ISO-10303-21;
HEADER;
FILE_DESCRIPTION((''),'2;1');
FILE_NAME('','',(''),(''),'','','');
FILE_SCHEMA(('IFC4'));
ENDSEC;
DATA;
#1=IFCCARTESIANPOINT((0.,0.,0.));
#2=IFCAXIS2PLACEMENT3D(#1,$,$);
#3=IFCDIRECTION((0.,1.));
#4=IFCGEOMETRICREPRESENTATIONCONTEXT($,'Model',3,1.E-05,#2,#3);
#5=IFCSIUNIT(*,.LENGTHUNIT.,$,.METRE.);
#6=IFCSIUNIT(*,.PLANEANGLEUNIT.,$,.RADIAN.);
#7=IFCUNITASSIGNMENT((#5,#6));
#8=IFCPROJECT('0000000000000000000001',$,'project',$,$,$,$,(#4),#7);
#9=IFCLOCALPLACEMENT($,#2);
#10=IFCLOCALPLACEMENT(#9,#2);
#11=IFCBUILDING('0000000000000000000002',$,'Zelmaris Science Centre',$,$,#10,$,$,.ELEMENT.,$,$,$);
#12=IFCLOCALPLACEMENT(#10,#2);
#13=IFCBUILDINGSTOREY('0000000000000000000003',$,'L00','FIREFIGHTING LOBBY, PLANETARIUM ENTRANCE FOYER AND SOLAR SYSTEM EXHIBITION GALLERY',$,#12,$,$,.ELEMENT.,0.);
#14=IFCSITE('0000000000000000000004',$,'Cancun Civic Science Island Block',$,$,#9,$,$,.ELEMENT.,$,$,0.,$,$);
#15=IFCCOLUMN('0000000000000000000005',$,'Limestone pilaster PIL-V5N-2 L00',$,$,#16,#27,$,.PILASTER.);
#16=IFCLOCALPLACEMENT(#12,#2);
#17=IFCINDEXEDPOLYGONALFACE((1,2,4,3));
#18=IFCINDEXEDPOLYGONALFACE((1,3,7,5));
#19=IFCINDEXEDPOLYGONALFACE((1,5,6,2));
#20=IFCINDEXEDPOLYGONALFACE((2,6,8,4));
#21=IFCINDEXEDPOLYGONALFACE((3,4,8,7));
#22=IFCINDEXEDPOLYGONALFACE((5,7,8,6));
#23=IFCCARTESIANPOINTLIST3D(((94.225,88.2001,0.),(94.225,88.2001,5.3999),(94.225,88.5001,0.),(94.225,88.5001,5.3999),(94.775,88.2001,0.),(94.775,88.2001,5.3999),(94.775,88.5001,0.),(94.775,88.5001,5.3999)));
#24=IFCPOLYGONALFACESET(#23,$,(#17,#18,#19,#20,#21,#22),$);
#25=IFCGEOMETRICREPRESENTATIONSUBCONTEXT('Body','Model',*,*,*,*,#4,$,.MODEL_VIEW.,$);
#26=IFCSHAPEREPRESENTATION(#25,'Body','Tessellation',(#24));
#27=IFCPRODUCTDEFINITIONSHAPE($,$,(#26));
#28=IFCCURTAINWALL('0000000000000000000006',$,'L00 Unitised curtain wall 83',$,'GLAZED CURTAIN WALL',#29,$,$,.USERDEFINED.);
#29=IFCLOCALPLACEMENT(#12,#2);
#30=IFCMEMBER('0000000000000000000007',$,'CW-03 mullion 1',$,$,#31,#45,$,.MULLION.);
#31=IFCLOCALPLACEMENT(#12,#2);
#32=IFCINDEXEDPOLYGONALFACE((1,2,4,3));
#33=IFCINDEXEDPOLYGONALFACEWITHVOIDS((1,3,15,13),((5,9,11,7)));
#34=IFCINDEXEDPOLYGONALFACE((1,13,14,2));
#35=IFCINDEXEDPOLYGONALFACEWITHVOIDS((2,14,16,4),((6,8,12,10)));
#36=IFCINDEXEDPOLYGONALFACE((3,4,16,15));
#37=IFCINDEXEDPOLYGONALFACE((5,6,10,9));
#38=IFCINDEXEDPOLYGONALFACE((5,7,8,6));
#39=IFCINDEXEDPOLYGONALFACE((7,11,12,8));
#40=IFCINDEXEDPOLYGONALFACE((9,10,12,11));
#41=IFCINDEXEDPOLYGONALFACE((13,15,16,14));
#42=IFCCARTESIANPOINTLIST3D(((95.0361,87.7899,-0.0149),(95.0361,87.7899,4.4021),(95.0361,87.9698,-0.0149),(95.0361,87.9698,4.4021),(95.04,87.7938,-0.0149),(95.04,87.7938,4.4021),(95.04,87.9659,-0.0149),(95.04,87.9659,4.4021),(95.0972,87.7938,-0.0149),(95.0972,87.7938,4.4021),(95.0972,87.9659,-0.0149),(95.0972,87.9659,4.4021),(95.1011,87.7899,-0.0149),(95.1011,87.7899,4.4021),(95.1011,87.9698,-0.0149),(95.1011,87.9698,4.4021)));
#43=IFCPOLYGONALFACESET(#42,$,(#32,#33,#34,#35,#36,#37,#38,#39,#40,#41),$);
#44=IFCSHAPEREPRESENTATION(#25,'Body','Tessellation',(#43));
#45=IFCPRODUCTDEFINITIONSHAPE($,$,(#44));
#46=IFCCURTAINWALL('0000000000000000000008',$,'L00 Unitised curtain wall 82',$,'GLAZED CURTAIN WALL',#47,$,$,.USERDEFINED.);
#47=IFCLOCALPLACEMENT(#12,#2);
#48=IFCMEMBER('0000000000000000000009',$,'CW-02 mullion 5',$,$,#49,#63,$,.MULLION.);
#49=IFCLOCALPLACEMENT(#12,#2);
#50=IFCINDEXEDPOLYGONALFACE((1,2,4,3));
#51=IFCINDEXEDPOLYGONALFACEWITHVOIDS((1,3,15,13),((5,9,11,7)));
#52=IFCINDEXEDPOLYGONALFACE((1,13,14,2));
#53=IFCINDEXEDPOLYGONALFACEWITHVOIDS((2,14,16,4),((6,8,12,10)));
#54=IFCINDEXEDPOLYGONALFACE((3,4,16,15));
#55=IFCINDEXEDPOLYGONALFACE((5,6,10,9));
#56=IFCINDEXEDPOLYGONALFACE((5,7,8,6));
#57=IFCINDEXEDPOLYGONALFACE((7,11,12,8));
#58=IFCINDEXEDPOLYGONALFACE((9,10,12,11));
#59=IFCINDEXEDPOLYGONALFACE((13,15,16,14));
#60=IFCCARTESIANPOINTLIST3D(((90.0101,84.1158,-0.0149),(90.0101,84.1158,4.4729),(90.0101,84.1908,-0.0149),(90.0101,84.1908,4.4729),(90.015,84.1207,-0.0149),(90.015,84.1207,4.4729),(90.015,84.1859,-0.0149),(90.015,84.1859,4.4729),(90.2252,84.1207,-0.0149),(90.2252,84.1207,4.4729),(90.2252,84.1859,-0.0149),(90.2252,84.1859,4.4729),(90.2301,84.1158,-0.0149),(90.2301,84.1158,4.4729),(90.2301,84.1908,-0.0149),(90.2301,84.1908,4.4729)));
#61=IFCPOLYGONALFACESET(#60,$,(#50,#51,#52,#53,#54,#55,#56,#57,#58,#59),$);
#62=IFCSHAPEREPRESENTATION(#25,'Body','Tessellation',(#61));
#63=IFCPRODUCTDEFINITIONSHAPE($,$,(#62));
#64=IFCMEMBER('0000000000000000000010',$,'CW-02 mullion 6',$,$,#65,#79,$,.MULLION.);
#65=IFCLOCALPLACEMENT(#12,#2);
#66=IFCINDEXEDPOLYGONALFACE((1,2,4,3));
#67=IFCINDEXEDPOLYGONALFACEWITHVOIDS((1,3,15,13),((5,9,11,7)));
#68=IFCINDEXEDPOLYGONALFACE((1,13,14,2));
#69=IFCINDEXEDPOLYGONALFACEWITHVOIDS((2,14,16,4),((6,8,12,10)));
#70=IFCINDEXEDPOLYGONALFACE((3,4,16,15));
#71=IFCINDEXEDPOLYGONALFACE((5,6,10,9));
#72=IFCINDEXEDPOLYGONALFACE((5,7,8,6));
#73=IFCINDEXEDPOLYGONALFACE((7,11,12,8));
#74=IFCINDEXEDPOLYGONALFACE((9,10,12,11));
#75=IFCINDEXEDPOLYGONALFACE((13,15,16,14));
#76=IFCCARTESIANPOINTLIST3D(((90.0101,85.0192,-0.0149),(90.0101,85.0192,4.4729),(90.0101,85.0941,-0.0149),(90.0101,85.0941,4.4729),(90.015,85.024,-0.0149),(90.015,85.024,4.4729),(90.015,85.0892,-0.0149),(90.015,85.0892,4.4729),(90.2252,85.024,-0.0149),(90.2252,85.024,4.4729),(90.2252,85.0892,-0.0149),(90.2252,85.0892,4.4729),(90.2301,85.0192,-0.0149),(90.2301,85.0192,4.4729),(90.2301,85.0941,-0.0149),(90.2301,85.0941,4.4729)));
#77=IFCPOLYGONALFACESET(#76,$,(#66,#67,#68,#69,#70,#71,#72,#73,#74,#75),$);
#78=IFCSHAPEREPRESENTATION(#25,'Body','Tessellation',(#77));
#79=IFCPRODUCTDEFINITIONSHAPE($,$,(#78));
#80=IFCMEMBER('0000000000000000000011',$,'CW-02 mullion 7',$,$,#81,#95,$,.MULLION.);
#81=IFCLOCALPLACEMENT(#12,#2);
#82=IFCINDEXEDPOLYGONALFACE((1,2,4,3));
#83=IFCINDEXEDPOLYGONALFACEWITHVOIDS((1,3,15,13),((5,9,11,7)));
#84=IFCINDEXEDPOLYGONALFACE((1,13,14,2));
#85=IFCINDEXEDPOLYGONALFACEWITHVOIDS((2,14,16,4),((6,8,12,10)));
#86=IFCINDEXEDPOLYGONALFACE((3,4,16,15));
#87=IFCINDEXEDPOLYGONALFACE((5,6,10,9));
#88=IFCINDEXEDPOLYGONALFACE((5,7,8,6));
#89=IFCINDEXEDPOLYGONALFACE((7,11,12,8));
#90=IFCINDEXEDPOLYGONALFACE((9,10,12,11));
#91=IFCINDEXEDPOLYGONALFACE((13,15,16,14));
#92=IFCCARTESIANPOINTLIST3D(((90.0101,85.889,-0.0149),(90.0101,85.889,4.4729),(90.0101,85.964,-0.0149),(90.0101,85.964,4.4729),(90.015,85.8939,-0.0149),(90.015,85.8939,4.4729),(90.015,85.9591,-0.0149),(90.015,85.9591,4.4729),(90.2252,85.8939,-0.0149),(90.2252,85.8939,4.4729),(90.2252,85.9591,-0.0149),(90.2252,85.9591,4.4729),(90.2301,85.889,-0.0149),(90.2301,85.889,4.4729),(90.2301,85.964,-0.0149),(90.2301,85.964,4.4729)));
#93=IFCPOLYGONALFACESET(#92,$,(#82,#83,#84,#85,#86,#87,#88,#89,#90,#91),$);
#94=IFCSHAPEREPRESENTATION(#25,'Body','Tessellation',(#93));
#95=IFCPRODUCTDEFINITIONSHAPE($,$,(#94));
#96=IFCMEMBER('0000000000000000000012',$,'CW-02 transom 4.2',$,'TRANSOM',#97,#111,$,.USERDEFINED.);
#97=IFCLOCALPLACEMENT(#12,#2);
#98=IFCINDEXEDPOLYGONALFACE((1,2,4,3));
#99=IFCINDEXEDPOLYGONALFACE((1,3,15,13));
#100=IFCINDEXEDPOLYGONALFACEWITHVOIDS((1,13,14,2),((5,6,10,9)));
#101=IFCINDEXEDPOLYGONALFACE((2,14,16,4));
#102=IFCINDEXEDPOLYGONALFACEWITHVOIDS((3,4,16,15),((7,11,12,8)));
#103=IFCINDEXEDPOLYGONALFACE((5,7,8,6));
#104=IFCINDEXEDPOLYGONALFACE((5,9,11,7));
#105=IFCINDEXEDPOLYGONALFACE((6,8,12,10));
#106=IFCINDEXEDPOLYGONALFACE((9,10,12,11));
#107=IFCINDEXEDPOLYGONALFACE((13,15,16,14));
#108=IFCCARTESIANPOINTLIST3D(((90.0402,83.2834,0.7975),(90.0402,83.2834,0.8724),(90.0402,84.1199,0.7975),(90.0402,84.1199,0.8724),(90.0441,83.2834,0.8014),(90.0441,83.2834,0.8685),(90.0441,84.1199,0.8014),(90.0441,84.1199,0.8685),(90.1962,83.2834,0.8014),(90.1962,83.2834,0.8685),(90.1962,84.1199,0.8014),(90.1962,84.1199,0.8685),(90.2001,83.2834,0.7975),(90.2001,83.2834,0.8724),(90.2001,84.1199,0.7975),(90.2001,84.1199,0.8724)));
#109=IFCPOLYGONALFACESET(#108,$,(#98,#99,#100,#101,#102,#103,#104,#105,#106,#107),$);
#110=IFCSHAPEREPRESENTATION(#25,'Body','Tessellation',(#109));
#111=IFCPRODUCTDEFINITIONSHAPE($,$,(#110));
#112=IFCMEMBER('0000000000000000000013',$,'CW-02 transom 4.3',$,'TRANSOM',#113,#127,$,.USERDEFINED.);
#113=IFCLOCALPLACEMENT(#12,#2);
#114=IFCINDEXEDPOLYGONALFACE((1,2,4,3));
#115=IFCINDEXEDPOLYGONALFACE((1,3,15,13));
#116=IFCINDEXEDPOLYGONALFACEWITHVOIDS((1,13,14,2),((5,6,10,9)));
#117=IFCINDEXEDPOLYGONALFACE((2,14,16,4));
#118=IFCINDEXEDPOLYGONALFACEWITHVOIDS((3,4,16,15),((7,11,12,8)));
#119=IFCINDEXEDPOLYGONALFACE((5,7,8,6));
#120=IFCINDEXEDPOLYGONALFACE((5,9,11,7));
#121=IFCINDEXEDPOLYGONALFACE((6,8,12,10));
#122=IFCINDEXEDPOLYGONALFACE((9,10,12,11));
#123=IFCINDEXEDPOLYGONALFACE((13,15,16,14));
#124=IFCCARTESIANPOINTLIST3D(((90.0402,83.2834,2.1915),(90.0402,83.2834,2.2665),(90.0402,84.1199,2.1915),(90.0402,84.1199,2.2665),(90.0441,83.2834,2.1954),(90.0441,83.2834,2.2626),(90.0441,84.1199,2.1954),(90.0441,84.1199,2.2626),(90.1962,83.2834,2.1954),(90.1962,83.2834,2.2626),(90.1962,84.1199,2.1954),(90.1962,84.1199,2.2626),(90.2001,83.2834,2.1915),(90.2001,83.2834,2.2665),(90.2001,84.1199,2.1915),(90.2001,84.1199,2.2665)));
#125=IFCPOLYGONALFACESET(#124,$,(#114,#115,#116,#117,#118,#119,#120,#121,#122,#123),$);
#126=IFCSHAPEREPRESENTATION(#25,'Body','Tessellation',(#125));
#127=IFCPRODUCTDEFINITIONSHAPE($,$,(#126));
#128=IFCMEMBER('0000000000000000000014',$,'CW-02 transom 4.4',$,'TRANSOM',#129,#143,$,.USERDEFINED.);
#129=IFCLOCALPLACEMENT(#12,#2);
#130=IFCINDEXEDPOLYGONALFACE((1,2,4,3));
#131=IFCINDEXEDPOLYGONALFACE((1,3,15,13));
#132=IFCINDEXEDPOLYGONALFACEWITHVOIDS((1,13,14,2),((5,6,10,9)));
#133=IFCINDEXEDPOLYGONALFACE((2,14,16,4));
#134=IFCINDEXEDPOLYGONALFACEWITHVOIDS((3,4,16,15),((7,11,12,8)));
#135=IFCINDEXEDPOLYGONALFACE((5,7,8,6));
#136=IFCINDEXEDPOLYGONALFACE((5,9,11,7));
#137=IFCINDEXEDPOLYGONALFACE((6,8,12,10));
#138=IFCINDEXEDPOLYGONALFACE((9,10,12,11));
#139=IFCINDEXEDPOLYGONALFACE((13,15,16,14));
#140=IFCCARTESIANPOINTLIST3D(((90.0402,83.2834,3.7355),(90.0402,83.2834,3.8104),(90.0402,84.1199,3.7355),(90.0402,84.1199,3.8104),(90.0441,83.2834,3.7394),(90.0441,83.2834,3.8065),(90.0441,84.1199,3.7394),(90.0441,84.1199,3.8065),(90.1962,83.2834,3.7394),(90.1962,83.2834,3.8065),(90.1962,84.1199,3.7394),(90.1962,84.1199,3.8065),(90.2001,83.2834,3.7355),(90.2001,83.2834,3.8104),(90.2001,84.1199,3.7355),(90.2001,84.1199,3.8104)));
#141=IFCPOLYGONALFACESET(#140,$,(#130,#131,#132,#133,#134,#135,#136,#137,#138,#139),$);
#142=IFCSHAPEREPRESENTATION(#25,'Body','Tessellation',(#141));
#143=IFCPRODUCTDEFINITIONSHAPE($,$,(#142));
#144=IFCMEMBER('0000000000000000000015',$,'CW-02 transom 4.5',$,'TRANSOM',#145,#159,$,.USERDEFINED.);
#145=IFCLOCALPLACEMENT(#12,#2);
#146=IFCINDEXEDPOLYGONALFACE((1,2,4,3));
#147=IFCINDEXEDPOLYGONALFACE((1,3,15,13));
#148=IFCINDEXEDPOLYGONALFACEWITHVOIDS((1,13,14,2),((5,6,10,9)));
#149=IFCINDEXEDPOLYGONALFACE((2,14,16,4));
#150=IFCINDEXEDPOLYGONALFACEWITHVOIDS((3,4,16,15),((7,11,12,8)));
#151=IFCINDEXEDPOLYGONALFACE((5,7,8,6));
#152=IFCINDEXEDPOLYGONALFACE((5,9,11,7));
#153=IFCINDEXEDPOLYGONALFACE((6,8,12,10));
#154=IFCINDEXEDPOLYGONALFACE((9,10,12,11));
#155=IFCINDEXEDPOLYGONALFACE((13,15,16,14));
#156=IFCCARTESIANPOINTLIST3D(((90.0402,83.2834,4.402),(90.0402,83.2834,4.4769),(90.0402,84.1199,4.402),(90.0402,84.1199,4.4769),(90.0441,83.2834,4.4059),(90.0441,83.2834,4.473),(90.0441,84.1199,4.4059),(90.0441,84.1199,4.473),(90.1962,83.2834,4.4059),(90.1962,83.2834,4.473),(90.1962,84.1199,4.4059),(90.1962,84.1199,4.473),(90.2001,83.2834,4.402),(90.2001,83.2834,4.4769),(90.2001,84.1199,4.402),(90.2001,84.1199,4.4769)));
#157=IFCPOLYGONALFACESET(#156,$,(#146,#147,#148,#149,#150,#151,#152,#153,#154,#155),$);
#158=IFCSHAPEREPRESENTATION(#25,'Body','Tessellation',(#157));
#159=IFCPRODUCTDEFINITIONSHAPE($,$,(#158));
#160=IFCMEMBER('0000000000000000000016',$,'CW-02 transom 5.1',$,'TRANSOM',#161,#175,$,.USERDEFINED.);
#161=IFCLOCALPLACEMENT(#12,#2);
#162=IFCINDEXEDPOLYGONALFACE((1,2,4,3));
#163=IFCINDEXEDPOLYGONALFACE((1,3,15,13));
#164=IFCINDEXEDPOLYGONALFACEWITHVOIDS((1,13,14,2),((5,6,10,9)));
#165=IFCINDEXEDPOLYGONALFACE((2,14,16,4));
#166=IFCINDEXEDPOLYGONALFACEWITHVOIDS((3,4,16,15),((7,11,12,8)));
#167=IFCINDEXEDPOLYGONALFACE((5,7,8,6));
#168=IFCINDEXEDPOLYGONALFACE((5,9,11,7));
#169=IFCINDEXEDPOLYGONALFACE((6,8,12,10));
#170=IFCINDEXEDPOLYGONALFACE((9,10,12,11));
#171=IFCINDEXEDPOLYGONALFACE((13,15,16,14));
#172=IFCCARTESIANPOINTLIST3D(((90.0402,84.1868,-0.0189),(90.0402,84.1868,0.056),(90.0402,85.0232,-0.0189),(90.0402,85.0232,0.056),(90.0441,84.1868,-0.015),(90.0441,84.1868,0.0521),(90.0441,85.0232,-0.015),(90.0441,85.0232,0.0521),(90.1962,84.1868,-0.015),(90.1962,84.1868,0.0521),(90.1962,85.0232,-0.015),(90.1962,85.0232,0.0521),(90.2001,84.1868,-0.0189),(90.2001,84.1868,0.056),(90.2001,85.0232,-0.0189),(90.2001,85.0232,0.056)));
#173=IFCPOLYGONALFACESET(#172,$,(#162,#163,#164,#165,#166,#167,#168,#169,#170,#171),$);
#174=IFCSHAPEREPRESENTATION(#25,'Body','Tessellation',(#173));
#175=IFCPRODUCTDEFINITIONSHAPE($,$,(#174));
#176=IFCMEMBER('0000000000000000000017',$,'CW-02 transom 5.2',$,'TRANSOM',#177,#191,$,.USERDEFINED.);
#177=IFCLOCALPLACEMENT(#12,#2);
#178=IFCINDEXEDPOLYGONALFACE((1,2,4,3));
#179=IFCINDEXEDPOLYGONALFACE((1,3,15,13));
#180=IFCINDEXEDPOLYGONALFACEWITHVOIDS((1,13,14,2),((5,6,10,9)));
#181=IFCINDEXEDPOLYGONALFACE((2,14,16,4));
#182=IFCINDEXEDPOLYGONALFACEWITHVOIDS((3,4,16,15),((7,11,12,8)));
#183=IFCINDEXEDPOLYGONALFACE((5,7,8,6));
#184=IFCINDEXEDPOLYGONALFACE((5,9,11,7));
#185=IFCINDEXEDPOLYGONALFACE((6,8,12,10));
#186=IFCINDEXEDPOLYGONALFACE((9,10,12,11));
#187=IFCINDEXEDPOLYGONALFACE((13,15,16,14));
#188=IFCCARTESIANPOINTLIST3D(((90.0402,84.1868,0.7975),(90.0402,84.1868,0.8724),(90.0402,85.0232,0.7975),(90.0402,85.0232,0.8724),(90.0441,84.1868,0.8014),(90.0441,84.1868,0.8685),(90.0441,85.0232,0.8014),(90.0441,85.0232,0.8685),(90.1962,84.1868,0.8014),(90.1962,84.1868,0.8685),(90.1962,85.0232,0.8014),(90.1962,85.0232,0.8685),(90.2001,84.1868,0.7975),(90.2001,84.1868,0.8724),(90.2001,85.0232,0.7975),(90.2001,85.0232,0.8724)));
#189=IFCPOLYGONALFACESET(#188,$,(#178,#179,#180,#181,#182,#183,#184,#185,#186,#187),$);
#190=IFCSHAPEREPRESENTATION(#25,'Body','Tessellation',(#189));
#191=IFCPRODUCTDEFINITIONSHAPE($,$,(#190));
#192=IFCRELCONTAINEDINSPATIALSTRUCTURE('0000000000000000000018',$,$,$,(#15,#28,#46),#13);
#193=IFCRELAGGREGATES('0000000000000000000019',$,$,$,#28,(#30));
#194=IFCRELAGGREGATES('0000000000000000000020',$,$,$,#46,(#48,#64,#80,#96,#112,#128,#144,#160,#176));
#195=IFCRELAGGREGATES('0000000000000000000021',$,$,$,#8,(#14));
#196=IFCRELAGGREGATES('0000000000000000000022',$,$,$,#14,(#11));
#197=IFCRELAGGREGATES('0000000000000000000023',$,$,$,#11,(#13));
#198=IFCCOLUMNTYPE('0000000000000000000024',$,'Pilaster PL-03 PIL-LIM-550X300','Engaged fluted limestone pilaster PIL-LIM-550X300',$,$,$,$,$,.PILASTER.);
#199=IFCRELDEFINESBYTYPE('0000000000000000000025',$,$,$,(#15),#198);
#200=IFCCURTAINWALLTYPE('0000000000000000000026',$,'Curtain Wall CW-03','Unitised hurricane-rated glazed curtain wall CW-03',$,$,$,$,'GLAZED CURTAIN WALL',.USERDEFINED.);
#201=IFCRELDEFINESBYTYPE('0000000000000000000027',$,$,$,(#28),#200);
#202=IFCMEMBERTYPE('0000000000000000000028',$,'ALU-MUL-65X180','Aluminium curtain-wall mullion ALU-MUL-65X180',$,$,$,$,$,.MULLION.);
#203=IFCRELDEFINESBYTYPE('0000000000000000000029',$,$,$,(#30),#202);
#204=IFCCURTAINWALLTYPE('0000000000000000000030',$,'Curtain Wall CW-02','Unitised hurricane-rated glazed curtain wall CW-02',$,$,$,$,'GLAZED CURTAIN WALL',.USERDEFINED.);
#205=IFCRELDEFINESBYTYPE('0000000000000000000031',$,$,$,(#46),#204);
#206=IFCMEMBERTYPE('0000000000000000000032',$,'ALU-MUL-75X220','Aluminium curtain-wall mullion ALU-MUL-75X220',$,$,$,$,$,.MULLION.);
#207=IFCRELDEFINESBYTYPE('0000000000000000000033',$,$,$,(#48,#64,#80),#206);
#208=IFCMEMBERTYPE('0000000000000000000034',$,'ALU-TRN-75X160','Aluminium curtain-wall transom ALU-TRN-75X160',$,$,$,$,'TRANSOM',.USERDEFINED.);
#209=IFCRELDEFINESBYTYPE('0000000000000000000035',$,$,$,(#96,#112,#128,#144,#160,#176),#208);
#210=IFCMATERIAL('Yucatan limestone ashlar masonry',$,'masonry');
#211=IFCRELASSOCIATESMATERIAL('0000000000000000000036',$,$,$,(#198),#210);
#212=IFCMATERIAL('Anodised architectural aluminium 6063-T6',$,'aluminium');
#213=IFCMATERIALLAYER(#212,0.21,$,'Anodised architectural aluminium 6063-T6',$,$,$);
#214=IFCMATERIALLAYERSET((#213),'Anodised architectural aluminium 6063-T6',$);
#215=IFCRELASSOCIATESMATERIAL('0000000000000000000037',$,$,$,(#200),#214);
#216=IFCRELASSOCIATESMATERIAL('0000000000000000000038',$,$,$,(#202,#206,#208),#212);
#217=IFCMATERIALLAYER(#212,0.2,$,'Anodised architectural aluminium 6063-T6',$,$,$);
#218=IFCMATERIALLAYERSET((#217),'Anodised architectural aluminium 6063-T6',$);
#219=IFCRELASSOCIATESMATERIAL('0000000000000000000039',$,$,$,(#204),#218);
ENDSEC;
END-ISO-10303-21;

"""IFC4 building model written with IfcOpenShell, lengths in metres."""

from ifc_helpers import new_model, si_unit, direction, frame, origin, origin_2d, place, context, subcontext, project, spatial, rectangle, hollow_rectangle, extrude, material, layer, layer_set, material_profile, profile_set, type_object, element, aggregate, save


model = new_model("IFC4")

# Units and contexts
model_context = context("Model", 3, precision=1e-05, world=origin(), true_north=direction((0.0, 1.0)))
body_context = subcontext(model_context, "Body", "Model", "MODEL_VIEW")
ifc_project = project(units=[si_unit("LENGTHUNIT", "METRE"), si_unit("PLANEANGLEUNIT", "RADIAN")], contexts=[model_context])

# Site, building, storey
site_placement = place(None, origin())
site = spatial("IfcSite", under=ifc_project, at=site_placement, Name="Cancun Civic Science Island Block", CompositionType="ELEMENT", RefElevation=0.0)
building_placement = place(site_placement, origin())
building = spatial("IfcBuilding", under=site, at=building_placement, Name="Zelmaris Science Centre", CompositionType="ELEMENT")
storey_placement = place(building_placement, origin())
storey = spatial("IfcBuildingStorey", under=building, at=storey_placement, Name="L00", Description="FIREFIGHTING LOBBY, PLANETARIUM ENTRANCE FOYER AND SOLAR SYSTEM EXHIBITION GALLERY", CompositionType="ELEMENT", Elevation=0.0)

# Column
ifc_material_1 = material(Name="Yucatan limestone ashlar masonry", Category="masonry")
ifc_material_profile_1 = material_profile(ifc_material_1, rectangle(XDim=0.55, YDim=0.3, at=origin_2d()), Name="PIL-LIM-550X300")
ifc_profile_set_1 = profile_set([ifc_material_profile_1], Name="Yucatan limestone ashlar masonry")
column_type = type_object("IfcColumnType", Name="Pilaster PL-03 PIL-LIM-550X300", Description="Engaged fluted limestone pilaster PIL-LIM-550X300", PredefinedType="PILASTER", material=ifc_profile_set_1)
column_placement = place(storey_placement, frame((94.5, 88.3501, 0.0), z_axis=(0.0, 0.0, 1.0), x_axis=(1.0, 0.0, 0.0)))
element("IfcColumn", 1, at=column_placement, inside=storey, type_object=column_type, Name="Limestone pilaster PIL-V5N-2 L00", PredefinedType="PILASTER", context=body_context, shape_type="SweptSolid", body=[
    extrude(rectangle(XDim=0.55, YDim=0.3, at=origin_2d()), origin(), (0.0, 0.0, 1.0), 5.3999),
])

# Curtain wall, member
ifc_material_2 = material(Name="Anodised architectural aluminium 6063-T6", Category="aluminium")
ifc_layer_1 = layer(ifc_material_2, 0.21, Name="Anodised architectural aluminium 6063-T6")
ifc_layer_set_1 = layer_set([ifc_layer_1], Name="Anodised architectural aluminium 6063-T6")
curtain_wall_type_1 = type_object("IfcCurtainWallType", Name="Curtain Wall CW-03", Description="Unitised hurricane-rated glazed curtain wall CW-03", ElementType="GLAZED CURTAIN WALL", PredefinedType="USERDEFINED", material=ifc_layer_set_1)
curtain_wall_1_placement = place(storey_placement, origin())
curtain_wall_1 = element("IfcCurtainWall", 2, at=curtain_wall_1_placement, inside=storey, type_object=curtain_wall_type_1, Name="L00 Unitised curtain wall 83", ObjectType="GLAZED CURTAIN WALL", PredefinedType="USERDEFINED")
ifc_material_profile_2 = material_profile(ifc_material_2, hollow_rectangle(XDim=0.0649, YDim=0.1799, WallThickness=0.0039, at=origin_2d()), Name="ALU-MUL-65X180")
ifc_profile_set_2 = profile_set([ifc_material_profile_2], Name="Anodised architectural aluminium 6063-T6")
member_type_1 = type_object("IfcMemberType", Name="ALU-MUL-65X180", Description="Aluminium curtain-wall mullion ALU-MUL-65X180", PredefinedType="MULLION", material=ifc_profile_set_2)
member_1_placement = place(storey_placement, frame((95.0686, 87.8799, -0.0149), z_axis=(0.0, 0.0, 1.0), x_axis=(1.0, 0.0, 0.0)))
member_1 = element("IfcMember", 3, at=member_1_placement, type_object=member_type_1, Name="CW-03 mullion 1", PredefinedType="MULLION", context=body_context, shape_type="SweptSolid", body=[
    extrude(hollow_rectangle(XDim=0.0649, YDim=0.1799, WallThickness=0.0039, at=origin_2d()), origin(), (0.0, 0.0, 1.0), 4.417),
])
aggregate(curtain_wall_1, [member_1])

# Curtain wall, members
ifc_layer_2 = layer(ifc_material_2, 0.2, Name="Anodised architectural aluminium 6063-T6")
ifc_layer_set_2 = layer_set([ifc_layer_2], Name="Anodised architectural aluminium 6063-T6")
curtain_wall_type_2 = type_object("IfcCurtainWallType", Name="Curtain Wall CW-02", Description="Unitised hurricane-rated glazed curtain wall CW-02", ElementType="GLAZED CURTAIN WALL", PredefinedType="USERDEFINED", material=ifc_layer_set_2)
curtain_wall_2_placement = place(storey_placement, origin())
curtain_wall_2 = element("IfcCurtainWall", 4, at=curtain_wall_2_placement, inside=storey, type_object=curtain_wall_type_2, Name="L00 Unitised curtain wall 82", ObjectType="GLAZED CURTAIN WALL", PredefinedType="USERDEFINED")
ifc_material_profile_3 = material_profile(ifc_material_2, hollow_rectangle(XDim=0.075, YDim=0.22, WallThickness=0.0049, at=origin_2d()), Name="ALU-MUL-75X220")
ifc_profile_set_3 = profile_set([ifc_material_profile_3], Name="Anodised architectural aluminium 6063-T6")
member_type_2 = type_object("IfcMemberType", Name="ALU-MUL-75X220", Description="Aluminium curtain-wall mullion ALU-MUL-75X220", PredefinedType="MULLION", material=ifc_profile_set_3)
member_2_placement = place(storey_placement, frame((90.1201, 84.1533, -0.0149), z_axis=(0.0, 0.0, 1.0), x_axis=(0.0, 1.0, 0.0)))
member_2 = element("IfcMember", 5, at=member_2_placement, type_object=member_type_2, Name="CW-02 mullion 5", PredefinedType="MULLION", context=body_context, shape_type="SweptSolid", body=[
    extrude(hollow_rectangle(XDim=0.075, YDim=0.22, WallThickness=0.0049, at=origin_2d()), origin(), (0.0, 0.0, 1.0), 4.4878),
])
member_3_placement = place(storey_placement, frame((90.1201, 85.0566, -0.0149), z_axis=(0.0, 0.0, 1.0), x_axis=(0.0, 1.0, 0.0)))
member_3 = element("IfcMember", 6, at=member_3_placement, type_object=member_type_2, Name="CW-02 mullion 6", PredefinedType="MULLION", context=body_context, shape_type="SweptSolid", body=[
    extrude(hollow_rectangle(XDim=0.075, YDim=0.22, WallThickness=0.0049, at=origin_2d()), origin(), (0.0, 0.0, 1.0), 4.4878),
])
member_4_placement = place(storey_placement, frame((90.1201, 85.9265, -0.0149), z_axis=(0.0, 0.0, 1.0), x_axis=(0.0, 1.0, 0.0)))
member_4 = element("IfcMember", 7, at=member_4_placement, type_object=member_type_2, Name="CW-02 mullion 7", PredefinedType="MULLION", context=body_context, shape_type="SweptSolid", body=[
    extrude(hollow_rectangle(XDim=0.075, YDim=0.22, WallThickness=0.0049, at=origin_2d()), origin(), (0.0, 0.0, 1.0), 4.4878),
])
ifc_material_profile_4 = material_profile(ifc_material_2, hollow_rectangle(XDim=0.075, YDim=0.1599, WallThickness=0.0039, at=origin_2d()), Name="ALU-TRN-75X160")
ifc_profile_set_4 = profile_set([ifc_material_profile_4], Name="Anodised architectural aluminium 6063-T6")
member_type_3 = type_object("IfcMemberType", Name="ALU-TRN-75X160", Description="Aluminium curtain-wall transom ALU-TRN-75X160", ElementType="TRANSOM", PredefinedType="USERDEFINED", material=ifc_profile_set_4)
member_5_placement = place(storey_placement, frame((90.1201, 83.2834, 0.835), z_axis=(0.0, 1.0, 0.0), x_axis=(0.0, 0.0, 1.0)))
member_5 = element("IfcMember", 8, at=member_5_placement, type_object=member_type_3, Name="CW-02 transom 4.2", ObjectType="TRANSOM", PredefinedType="USERDEFINED", context=body_context, shape_type="SweptSolid", body=[
    extrude(hollow_rectangle(XDim=0.075, YDim=0.1599, WallThickness=0.0039, at=origin_2d()), origin(), (0.0, 0.0, 1.0), 0.8364),
])
member_6_placement = place(storey_placement, frame((90.1201, 83.2834, 2.229), z_axis=(0.0, 1.0, 0.0), x_axis=(0.0, 0.0, 1.0)))
member_6 = element("IfcMember", 9, at=member_6_placement, type_object=member_type_3, Name="CW-02 transom 4.3", ObjectType="TRANSOM", PredefinedType="USERDEFINED", context=body_context, shape_type="SweptSolid", body=[
    extrude(hollow_rectangle(XDim=0.075, YDim=0.1599, WallThickness=0.0039, at=origin_2d()), origin(), (0.0, 0.0, 1.0), 0.8364),
])
member_7_placement = place(storey_placement, frame((90.1201, 83.2834, 3.7729), z_axis=(0.0, 1.0, 0.0), x_axis=(0.0, 0.0, 1.0)))
member_7 = element("IfcMember", 10, at=member_7_placement, type_object=member_type_3, Name="CW-02 transom 4.4", ObjectType="TRANSOM", PredefinedType="USERDEFINED", context=body_context, shape_type="SweptSolid", body=[
    extrude(hollow_rectangle(XDim=0.075, YDim=0.1599, WallThickness=0.0039, at=origin_2d()), origin(), (0.0, 0.0, 1.0), 0.8364),
])
member_8_placement = place(storey_placement, frame((90.1201, 83.2834, 4.4395), z_axis=(0.0, 1.0, 0.0), x_axis=(0.0, 0.0, 1.0)))
member_8 = element("IfcMember", 11, at=member_8_placement, type_object=member_type_3, Name="CW-02 transom 4.5", ObjectType="TRANSOM", PredefinedType="USERDEFINED", context=body_context, shape_type="SweptSolid", body=[
    extrude(hollow_rectangle(XDim=0.075, YDim=0.1599, WallThickness=0.0039, at=origin_2d()), origin(), (0.0, 0.0, 1.0), 0.8364),
])
member_9_placement = place(storey_placement, frame((90.1201, 84.1868, 0.0186), z_axis=(0.0, 1.0, 0.0), x_axis=(0.0, 0.0, 1.0)))
member_9 = element("IfcMember", 12, at=member_9_placement, type_object=member_type_3, Name="CW-02 transom 5.1", ObjectType="TRANSOM", PredefinedType="USERDEFINED", context=body_context, shape_type="SweptSolid", body=[
    extrude(hollow_rectangle(XDim=0.075, YDim=0.1599, WallThickness=0.0039, at=origin_2d()), origin(), (0.0, 0.0, 1.0), 0.8364),
])
member_10_placement = place(storey_placement, frame((90.1201, 84.1868, 0.835), z_axis=(0.0, 1.0, 0.0), x_axis=(0.0, 0.0, 1.0)))
member_10 = element("IfcMember", 13, at=member_10_placement, type_object=member_type_3, Name="CW-02 transom 5.2", ObjectType="TRANSOM", PredefinedType="USERDEFINED", context=body_context, shape_type="SweptSolid", body=[
    extrude(hollow_rectangle(XDim=0.075, YDim=0.1599, WallThickness=0.0039, at=origin_2d()), origin(), (0.0, 0.0, 1.0), 0.8364),
])

aggregate(curtain_wall_2, [member_2, member_3, member_4, member_5, member_6, member_7, member_8, member_9, member_10])

save(model, "model.ifc")
